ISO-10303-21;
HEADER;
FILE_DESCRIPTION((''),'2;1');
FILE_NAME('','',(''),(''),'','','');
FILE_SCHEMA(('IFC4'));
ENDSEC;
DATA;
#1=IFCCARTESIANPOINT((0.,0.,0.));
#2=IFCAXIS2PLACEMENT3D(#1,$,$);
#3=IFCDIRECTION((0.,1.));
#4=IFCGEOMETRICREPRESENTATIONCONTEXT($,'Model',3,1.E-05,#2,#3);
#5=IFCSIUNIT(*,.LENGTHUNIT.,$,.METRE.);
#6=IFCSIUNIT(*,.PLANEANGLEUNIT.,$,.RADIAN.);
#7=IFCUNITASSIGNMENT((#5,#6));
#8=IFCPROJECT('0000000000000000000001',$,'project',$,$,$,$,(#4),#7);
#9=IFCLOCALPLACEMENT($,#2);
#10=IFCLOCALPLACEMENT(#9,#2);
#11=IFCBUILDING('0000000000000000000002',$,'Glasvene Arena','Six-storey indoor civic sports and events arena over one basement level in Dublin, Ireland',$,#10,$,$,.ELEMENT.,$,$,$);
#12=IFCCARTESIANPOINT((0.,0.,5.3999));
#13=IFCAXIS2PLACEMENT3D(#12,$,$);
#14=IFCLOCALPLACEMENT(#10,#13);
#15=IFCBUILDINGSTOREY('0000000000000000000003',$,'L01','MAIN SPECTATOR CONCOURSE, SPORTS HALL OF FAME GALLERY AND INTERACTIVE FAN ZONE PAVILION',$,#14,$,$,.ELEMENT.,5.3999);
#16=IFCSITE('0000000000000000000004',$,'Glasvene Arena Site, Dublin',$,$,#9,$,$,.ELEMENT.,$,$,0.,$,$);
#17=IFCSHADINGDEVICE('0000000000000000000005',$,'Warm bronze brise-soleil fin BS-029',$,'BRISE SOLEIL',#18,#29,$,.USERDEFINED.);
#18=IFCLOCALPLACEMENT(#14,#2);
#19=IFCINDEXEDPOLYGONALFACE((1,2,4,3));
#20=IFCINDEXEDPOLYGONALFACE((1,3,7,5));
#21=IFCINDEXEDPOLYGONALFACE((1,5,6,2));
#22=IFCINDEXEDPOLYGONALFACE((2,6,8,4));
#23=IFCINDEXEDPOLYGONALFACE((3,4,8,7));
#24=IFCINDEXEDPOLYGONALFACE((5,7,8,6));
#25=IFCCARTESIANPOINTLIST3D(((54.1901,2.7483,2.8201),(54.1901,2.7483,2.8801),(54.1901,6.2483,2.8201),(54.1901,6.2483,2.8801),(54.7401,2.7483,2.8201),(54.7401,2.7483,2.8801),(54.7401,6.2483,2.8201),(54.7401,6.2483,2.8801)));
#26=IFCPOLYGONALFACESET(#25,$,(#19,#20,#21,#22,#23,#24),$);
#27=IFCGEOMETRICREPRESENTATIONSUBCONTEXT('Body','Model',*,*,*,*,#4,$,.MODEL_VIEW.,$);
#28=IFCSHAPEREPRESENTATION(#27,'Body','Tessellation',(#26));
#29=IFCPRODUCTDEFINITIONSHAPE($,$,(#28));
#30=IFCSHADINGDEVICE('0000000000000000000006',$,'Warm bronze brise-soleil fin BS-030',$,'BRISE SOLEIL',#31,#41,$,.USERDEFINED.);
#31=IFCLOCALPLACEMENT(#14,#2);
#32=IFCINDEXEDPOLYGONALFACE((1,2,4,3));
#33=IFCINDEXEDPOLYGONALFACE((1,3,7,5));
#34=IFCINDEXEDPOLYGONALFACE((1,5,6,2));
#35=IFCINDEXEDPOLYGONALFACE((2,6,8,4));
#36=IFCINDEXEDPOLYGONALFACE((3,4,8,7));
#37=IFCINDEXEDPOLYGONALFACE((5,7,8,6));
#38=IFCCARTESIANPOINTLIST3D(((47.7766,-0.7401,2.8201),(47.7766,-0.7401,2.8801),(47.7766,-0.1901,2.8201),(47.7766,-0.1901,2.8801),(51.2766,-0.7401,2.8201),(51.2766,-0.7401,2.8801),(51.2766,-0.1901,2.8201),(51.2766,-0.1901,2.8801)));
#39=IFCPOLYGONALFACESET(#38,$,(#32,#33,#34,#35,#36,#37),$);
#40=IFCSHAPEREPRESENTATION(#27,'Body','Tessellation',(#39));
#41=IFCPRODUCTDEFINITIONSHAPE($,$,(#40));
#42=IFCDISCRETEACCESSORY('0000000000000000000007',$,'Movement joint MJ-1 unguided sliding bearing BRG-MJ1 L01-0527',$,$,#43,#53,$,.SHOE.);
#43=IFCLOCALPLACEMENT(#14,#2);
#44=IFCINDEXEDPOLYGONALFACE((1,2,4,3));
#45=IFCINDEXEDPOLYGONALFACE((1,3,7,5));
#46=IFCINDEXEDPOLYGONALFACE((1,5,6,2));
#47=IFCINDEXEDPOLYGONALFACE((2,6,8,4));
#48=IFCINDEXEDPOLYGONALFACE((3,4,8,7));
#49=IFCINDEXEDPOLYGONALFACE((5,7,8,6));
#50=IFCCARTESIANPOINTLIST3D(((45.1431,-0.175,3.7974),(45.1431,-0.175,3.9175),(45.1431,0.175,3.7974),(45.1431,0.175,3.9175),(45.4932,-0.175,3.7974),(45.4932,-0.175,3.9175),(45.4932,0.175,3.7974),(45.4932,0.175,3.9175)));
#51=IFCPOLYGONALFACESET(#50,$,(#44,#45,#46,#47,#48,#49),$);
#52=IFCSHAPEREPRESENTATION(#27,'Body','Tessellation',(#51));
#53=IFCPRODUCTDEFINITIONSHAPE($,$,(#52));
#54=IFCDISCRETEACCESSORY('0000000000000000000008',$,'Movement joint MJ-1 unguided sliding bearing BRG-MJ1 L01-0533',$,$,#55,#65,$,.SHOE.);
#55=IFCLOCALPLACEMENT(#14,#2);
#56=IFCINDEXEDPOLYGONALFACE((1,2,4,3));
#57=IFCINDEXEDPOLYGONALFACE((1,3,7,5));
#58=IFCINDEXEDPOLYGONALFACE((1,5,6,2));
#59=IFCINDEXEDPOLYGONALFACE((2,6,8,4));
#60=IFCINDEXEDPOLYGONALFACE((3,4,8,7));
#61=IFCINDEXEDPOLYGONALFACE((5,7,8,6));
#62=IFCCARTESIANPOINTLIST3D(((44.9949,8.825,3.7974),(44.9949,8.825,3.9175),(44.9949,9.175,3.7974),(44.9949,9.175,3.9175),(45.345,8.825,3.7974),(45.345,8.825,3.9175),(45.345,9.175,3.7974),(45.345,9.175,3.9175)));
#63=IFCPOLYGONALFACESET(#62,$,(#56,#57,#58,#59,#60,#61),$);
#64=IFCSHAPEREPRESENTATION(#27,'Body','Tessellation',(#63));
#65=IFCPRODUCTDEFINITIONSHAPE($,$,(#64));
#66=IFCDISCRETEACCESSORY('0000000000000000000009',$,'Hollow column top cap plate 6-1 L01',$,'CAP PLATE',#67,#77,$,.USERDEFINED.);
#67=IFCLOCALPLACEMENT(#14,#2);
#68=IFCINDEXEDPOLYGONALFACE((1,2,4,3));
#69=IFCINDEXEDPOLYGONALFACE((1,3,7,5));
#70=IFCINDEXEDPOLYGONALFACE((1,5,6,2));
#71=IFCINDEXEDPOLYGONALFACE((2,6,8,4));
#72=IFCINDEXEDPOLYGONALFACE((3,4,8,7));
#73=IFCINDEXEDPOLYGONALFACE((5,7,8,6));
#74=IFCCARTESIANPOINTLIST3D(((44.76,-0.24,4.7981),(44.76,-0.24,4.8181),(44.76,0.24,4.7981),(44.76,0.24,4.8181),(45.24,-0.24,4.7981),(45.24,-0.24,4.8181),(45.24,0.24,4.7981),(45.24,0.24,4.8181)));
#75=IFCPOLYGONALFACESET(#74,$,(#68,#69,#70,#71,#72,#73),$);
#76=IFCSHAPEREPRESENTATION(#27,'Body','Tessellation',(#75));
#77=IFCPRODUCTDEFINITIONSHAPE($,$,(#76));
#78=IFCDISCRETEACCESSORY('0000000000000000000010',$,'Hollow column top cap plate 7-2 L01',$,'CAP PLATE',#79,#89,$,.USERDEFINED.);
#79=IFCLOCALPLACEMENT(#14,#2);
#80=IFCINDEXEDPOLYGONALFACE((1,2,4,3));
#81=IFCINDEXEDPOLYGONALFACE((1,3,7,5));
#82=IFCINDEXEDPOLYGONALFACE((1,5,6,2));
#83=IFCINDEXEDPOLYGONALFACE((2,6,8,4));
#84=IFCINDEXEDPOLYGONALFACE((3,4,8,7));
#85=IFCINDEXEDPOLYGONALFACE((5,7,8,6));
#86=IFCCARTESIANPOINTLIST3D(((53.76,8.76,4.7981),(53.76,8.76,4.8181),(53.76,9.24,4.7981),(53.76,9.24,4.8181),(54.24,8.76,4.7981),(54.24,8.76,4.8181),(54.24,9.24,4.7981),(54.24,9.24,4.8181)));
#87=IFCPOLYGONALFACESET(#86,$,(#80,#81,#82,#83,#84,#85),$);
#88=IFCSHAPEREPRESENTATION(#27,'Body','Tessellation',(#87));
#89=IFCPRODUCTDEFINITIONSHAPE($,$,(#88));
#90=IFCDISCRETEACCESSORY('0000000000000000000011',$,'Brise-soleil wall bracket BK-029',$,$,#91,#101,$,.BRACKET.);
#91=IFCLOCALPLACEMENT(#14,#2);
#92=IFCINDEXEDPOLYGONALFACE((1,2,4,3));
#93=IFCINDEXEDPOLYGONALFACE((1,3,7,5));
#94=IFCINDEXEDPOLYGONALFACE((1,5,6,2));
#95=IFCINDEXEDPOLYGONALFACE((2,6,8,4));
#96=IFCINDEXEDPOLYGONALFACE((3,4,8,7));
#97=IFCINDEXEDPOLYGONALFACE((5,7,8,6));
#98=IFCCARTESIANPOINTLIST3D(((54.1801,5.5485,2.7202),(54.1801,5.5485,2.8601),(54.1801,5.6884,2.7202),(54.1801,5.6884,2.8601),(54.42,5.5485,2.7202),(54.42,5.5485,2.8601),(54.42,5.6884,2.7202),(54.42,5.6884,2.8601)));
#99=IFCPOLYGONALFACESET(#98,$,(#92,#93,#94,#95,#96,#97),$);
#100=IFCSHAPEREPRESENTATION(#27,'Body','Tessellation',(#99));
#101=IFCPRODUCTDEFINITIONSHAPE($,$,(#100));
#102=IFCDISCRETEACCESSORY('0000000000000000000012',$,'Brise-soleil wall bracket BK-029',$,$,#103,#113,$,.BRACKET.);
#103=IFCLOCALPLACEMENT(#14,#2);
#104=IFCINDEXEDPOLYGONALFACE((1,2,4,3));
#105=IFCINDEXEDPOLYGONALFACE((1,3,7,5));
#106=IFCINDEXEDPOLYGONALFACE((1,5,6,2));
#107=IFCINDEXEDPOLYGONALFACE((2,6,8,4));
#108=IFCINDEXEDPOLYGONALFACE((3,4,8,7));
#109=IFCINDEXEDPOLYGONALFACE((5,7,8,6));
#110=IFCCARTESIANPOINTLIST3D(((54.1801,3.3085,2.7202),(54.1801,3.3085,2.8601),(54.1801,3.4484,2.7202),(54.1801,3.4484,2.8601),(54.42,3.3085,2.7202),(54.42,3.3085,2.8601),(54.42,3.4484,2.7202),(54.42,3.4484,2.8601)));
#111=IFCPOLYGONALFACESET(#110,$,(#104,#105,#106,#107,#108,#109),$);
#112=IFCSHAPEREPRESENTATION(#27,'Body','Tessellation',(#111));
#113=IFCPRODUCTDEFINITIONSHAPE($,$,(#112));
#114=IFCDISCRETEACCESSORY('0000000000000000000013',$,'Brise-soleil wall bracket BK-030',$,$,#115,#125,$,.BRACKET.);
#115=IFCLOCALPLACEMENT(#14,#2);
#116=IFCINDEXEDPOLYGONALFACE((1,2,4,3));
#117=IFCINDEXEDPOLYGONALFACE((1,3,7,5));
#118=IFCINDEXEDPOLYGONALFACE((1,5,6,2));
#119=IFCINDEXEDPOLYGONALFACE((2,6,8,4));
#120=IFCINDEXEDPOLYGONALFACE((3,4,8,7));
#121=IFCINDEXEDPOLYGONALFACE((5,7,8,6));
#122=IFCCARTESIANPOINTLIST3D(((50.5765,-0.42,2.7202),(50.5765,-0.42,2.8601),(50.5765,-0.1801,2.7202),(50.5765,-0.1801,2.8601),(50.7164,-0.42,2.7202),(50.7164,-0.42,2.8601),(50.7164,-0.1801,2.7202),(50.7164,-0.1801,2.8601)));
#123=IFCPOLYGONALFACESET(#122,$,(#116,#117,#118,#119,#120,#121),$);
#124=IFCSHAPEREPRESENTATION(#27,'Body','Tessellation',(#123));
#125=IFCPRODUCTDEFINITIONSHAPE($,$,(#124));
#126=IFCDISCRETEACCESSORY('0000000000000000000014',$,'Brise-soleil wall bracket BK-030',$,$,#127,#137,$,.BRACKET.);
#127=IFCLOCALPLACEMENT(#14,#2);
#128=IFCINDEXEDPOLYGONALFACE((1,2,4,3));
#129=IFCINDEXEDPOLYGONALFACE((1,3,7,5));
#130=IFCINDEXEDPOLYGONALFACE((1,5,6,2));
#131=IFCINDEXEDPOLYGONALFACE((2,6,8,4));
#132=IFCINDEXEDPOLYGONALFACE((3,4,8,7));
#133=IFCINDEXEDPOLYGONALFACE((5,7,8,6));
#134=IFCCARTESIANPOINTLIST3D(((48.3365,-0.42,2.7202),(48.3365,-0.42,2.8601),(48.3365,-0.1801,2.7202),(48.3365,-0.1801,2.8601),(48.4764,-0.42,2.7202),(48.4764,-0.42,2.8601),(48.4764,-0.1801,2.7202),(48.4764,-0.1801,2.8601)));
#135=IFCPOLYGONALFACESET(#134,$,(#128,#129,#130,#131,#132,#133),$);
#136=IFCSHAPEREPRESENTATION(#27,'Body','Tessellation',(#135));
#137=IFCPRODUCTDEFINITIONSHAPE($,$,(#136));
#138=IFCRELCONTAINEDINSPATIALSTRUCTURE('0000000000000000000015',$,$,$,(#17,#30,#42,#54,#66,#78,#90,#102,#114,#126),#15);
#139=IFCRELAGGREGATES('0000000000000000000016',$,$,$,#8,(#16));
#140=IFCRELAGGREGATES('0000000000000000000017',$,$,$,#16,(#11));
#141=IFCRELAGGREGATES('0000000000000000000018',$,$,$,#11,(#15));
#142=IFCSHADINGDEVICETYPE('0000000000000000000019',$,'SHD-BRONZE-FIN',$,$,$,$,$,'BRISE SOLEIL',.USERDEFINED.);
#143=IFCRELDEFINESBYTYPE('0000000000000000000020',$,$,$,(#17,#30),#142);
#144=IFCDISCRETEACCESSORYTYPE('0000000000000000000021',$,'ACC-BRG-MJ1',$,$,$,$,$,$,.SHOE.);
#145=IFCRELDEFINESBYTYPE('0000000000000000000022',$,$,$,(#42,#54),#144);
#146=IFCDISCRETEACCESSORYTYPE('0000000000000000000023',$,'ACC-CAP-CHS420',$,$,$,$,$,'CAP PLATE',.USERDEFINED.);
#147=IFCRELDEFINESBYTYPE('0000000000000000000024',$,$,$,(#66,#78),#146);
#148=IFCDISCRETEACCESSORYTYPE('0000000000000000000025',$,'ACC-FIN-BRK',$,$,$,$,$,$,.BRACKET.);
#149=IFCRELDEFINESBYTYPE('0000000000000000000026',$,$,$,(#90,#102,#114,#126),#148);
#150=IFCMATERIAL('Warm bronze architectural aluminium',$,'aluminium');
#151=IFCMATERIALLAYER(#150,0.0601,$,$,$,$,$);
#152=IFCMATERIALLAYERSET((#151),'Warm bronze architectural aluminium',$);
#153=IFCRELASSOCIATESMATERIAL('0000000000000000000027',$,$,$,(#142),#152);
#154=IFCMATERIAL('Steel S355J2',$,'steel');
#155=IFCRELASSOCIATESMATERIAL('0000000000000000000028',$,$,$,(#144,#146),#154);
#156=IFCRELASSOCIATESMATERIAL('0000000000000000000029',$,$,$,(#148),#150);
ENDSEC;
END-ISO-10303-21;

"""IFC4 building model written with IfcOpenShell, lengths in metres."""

from ifc_helpers import new_model, si_unit, direction, frame, origin, origin_2d, place, context, subcontext, project, spatial, rectangle, extrude, material, layer, layer_set, type_object, element, save


model = new_model("IFC4")

# Units and contexts
model_context = context("Model", 3, precision=1e-05, world=origin(), true_north=direction((0.0, 1.0)))
body_context = subcontext(model_context, "Body", "Model", "MODEL_VIEW")
ifc_project = project(units=[si_unit("LENGTHUNIT", "METRE"), si_unit("PLANEANGLEUNIT", "RADIAN")], contexts=[model_context])

# Site, building, storey
site_placement = place(None, origin())
site = spatial("IfcSite", under=ifc_project, at=site_placement, Name="Glasvene Arena Site, Dublin", CompositionType="ELEMENT", RefElevation=0.0)
building_placement = place(site_placement, origin())
building = spatial("IfcBuilding", under=site, at=building_placement, Name="Glasvene Arena", Description="Six-storey indoor civic sports and events arena over one basement level in Dublin, Ireland", CompositionType="ELEMENT")
storey_placement = place(building_placement, frame((0.0, 0.0, 5.3999)))
storey = spatial("IfcBuildingStorey", under=building, at=storey_placement, Name="L01", Description="MAIN SPECTATOR CONCOURSE, SPORTS HALL OF FAME GALLERY AND INTERACTIVE FAN ZONE PAVILION", CompositionType="ELEMENT", Elevation=5.3999)

# Shared definitions
ifc_material_1 = material(Name="Steel S355J2", Category="steel")

# Shading devices
ifc_material_2 = material(Name="Warm bronze architectural aluminium", Category="aluminium")
ifc_layer_1 = layer(ifc_material_2, 0.0601)
ifc_layer_set_1 = layer_set([ifc_layer_1], Name="Warm bronze architectural aluminium")
shading_device_type = type_object("IfcShadingDeviceType", Name="SHD-BRONZE-FIN", ElementType="BRISE SOLEIL", PredefinedType="USERDEFINED", material=ifc_layer_set_1)
for number, where, z_axis, x_axis, name in (
    (1, (54.4651, 4.4983, 2.8201), (0.0, 0.0, 1.0), (0.0, -1.0, 0.0), "Warm bronze brise-soleil fin BS-029"),
    (2, (49.5266, -0.4651, 2.8201), (0.0, 0.0, 1.0), (-1.0, 0.0, 0.0), "Warm bronze brise-soleil fin BS-030"),
):
    element("IfcShadingDevice", number, at=place(storey_placement, frame(where, z_axis=z_axis, x_axis=x_axis)), inside=storey, type_object=shading_device_type, Name=name, ObjectType="BRISE SOLEIL", PredefinedType="USERDEFINED", context=body_context, shape_type="SweptSolid", body=[
        extrude(rectangle(XDim=3.5, YDim=0.55, at=origin_2d()), origin(), (0.0, 0.0, 1.0), 0.0601),
    ])

# Discrete accessories
discrete_accessory_type_1 = type_object("IfcDiscreteAccessoryType", Name="ACC-BRG-MJ1", PredefinedType="SHOE", material=ifc_material_1)
for number, where, z_axis, x_axis, name in (
    (3, (45.3181, 0.0, 3.7974), (0.0, 0.0, 1.0), (1.0, 0.0, 0.0), "Movement joint MJ-1 unguided sliding bearing BRG-MJ1 L01-0527"),
    (4, (45.1699, 9.0, 3.7974), (0.0, 0.0, 1.0), (1.0, 0.0, 0.0), "Movement joint MJ-1 unguided sliding bearing BRG-MJ1 L01-0533"),
):
    element("IfcDiscreteAccessory", number, at=place(storey_placement, frame(where, z_axis=z_axis, x_axis=x_axis)), inside=storey, type_object=discrete_accessory_type_1, Name=name, PredefinedType="SHOE", context=body_context, shape_type="SweptSolid", body=[
        extrude(rectangle(XDim=0.3501, YDim=0.3501, at=origin_2d()), origin(), (0.0, 0.0, 1.0), 0.1201),
    ])
discrete_accessory_type_2 = type_object("IfcDiscreteAccessoryType", Name="ACC-CAP-CHS420", ElementType="CAP PLATE", PredefinedType="USERDEFINED", material=ifc_material_1)
for number, where, z_axis, x_axis, name in (
    (5, (45.0, 0.0, 4.7981), (0.0, 0.0, 1.0), (1.0, 0.0, 0.0), "Hollow column top cap plate 6-1 L01"),
    (6, (54.0, 9.0, 4.7981), (0.0, 0.0, 1.0), (1.0, 0.0, 0.0), "Hollow column top cap plate 7-2 L01"),
):
    element("IfcDiscreteAccessory", number, at=place(storey_placement, frame(where, z_axis=z_axis, x_axis=x_axis)), inside=storey, type_object=discrete_accessory_type_2, Name=name, ObjectType="CAP PLATE", PredefinedType="USERDEFINED", context=body_context, shape_type="SweptSolid", body=[
        extrude(rectangle(XDim=0.48, YDim=0.48, at=origin_2d()), origin(), (0.0, 0.0, 1.0), 0.02),
    ])
discrete_accessory_type_3 = type_object("IfcDiscreteAccessoryType", Name="ACC-FIN-BRK", PredefinedType="BRACKET", material=ifc_material_2)
for number, where, z_axis, x_axis, name in (
    (7, (54.3, 5.6184, 2.7202), (0.0, 0.0, 1.0), (0.0, -1.0, 0.0), "Brise-soleil wall bracket BK-029"),
    (8, (54.3, 3.3784, 2.7202), (0.0, 0.0, 1.0), (0.0, -1.0, 0.0), "Brise-soleil wall bracket BK-029"),
    (9, (50.6465, -0.3, 2.7202), (0.0, 0.0, 1.0), (-1.0, 0.0, 0.0), "Brise-soleil wall bracket BK-030"),
    (10, (48.4065, -0.3, 2.7202), (0.0, 0.0, 1.0), (-1.0, 0.0, 0.0), "Brise-soleil wall bracket BK-030"),
):
    element("IfcDiscreteAccessory", number, at=place(storey_placement, frame(where, z_axis=z_axis, x_axis=x_axis)), inside=storey, type_object=discrete_accessory_type_3, Name=name, PredefinedType="BRACKET", context=body_context, shape_type="SweptSolid", body=[
        extrude(rectangle(XDim=0.1399, YDim=0.24, at=origin_2d()), origin(), (0.0, 0.0, 1.0), 0.1399),
    ])

save(model, "model.ifc")
